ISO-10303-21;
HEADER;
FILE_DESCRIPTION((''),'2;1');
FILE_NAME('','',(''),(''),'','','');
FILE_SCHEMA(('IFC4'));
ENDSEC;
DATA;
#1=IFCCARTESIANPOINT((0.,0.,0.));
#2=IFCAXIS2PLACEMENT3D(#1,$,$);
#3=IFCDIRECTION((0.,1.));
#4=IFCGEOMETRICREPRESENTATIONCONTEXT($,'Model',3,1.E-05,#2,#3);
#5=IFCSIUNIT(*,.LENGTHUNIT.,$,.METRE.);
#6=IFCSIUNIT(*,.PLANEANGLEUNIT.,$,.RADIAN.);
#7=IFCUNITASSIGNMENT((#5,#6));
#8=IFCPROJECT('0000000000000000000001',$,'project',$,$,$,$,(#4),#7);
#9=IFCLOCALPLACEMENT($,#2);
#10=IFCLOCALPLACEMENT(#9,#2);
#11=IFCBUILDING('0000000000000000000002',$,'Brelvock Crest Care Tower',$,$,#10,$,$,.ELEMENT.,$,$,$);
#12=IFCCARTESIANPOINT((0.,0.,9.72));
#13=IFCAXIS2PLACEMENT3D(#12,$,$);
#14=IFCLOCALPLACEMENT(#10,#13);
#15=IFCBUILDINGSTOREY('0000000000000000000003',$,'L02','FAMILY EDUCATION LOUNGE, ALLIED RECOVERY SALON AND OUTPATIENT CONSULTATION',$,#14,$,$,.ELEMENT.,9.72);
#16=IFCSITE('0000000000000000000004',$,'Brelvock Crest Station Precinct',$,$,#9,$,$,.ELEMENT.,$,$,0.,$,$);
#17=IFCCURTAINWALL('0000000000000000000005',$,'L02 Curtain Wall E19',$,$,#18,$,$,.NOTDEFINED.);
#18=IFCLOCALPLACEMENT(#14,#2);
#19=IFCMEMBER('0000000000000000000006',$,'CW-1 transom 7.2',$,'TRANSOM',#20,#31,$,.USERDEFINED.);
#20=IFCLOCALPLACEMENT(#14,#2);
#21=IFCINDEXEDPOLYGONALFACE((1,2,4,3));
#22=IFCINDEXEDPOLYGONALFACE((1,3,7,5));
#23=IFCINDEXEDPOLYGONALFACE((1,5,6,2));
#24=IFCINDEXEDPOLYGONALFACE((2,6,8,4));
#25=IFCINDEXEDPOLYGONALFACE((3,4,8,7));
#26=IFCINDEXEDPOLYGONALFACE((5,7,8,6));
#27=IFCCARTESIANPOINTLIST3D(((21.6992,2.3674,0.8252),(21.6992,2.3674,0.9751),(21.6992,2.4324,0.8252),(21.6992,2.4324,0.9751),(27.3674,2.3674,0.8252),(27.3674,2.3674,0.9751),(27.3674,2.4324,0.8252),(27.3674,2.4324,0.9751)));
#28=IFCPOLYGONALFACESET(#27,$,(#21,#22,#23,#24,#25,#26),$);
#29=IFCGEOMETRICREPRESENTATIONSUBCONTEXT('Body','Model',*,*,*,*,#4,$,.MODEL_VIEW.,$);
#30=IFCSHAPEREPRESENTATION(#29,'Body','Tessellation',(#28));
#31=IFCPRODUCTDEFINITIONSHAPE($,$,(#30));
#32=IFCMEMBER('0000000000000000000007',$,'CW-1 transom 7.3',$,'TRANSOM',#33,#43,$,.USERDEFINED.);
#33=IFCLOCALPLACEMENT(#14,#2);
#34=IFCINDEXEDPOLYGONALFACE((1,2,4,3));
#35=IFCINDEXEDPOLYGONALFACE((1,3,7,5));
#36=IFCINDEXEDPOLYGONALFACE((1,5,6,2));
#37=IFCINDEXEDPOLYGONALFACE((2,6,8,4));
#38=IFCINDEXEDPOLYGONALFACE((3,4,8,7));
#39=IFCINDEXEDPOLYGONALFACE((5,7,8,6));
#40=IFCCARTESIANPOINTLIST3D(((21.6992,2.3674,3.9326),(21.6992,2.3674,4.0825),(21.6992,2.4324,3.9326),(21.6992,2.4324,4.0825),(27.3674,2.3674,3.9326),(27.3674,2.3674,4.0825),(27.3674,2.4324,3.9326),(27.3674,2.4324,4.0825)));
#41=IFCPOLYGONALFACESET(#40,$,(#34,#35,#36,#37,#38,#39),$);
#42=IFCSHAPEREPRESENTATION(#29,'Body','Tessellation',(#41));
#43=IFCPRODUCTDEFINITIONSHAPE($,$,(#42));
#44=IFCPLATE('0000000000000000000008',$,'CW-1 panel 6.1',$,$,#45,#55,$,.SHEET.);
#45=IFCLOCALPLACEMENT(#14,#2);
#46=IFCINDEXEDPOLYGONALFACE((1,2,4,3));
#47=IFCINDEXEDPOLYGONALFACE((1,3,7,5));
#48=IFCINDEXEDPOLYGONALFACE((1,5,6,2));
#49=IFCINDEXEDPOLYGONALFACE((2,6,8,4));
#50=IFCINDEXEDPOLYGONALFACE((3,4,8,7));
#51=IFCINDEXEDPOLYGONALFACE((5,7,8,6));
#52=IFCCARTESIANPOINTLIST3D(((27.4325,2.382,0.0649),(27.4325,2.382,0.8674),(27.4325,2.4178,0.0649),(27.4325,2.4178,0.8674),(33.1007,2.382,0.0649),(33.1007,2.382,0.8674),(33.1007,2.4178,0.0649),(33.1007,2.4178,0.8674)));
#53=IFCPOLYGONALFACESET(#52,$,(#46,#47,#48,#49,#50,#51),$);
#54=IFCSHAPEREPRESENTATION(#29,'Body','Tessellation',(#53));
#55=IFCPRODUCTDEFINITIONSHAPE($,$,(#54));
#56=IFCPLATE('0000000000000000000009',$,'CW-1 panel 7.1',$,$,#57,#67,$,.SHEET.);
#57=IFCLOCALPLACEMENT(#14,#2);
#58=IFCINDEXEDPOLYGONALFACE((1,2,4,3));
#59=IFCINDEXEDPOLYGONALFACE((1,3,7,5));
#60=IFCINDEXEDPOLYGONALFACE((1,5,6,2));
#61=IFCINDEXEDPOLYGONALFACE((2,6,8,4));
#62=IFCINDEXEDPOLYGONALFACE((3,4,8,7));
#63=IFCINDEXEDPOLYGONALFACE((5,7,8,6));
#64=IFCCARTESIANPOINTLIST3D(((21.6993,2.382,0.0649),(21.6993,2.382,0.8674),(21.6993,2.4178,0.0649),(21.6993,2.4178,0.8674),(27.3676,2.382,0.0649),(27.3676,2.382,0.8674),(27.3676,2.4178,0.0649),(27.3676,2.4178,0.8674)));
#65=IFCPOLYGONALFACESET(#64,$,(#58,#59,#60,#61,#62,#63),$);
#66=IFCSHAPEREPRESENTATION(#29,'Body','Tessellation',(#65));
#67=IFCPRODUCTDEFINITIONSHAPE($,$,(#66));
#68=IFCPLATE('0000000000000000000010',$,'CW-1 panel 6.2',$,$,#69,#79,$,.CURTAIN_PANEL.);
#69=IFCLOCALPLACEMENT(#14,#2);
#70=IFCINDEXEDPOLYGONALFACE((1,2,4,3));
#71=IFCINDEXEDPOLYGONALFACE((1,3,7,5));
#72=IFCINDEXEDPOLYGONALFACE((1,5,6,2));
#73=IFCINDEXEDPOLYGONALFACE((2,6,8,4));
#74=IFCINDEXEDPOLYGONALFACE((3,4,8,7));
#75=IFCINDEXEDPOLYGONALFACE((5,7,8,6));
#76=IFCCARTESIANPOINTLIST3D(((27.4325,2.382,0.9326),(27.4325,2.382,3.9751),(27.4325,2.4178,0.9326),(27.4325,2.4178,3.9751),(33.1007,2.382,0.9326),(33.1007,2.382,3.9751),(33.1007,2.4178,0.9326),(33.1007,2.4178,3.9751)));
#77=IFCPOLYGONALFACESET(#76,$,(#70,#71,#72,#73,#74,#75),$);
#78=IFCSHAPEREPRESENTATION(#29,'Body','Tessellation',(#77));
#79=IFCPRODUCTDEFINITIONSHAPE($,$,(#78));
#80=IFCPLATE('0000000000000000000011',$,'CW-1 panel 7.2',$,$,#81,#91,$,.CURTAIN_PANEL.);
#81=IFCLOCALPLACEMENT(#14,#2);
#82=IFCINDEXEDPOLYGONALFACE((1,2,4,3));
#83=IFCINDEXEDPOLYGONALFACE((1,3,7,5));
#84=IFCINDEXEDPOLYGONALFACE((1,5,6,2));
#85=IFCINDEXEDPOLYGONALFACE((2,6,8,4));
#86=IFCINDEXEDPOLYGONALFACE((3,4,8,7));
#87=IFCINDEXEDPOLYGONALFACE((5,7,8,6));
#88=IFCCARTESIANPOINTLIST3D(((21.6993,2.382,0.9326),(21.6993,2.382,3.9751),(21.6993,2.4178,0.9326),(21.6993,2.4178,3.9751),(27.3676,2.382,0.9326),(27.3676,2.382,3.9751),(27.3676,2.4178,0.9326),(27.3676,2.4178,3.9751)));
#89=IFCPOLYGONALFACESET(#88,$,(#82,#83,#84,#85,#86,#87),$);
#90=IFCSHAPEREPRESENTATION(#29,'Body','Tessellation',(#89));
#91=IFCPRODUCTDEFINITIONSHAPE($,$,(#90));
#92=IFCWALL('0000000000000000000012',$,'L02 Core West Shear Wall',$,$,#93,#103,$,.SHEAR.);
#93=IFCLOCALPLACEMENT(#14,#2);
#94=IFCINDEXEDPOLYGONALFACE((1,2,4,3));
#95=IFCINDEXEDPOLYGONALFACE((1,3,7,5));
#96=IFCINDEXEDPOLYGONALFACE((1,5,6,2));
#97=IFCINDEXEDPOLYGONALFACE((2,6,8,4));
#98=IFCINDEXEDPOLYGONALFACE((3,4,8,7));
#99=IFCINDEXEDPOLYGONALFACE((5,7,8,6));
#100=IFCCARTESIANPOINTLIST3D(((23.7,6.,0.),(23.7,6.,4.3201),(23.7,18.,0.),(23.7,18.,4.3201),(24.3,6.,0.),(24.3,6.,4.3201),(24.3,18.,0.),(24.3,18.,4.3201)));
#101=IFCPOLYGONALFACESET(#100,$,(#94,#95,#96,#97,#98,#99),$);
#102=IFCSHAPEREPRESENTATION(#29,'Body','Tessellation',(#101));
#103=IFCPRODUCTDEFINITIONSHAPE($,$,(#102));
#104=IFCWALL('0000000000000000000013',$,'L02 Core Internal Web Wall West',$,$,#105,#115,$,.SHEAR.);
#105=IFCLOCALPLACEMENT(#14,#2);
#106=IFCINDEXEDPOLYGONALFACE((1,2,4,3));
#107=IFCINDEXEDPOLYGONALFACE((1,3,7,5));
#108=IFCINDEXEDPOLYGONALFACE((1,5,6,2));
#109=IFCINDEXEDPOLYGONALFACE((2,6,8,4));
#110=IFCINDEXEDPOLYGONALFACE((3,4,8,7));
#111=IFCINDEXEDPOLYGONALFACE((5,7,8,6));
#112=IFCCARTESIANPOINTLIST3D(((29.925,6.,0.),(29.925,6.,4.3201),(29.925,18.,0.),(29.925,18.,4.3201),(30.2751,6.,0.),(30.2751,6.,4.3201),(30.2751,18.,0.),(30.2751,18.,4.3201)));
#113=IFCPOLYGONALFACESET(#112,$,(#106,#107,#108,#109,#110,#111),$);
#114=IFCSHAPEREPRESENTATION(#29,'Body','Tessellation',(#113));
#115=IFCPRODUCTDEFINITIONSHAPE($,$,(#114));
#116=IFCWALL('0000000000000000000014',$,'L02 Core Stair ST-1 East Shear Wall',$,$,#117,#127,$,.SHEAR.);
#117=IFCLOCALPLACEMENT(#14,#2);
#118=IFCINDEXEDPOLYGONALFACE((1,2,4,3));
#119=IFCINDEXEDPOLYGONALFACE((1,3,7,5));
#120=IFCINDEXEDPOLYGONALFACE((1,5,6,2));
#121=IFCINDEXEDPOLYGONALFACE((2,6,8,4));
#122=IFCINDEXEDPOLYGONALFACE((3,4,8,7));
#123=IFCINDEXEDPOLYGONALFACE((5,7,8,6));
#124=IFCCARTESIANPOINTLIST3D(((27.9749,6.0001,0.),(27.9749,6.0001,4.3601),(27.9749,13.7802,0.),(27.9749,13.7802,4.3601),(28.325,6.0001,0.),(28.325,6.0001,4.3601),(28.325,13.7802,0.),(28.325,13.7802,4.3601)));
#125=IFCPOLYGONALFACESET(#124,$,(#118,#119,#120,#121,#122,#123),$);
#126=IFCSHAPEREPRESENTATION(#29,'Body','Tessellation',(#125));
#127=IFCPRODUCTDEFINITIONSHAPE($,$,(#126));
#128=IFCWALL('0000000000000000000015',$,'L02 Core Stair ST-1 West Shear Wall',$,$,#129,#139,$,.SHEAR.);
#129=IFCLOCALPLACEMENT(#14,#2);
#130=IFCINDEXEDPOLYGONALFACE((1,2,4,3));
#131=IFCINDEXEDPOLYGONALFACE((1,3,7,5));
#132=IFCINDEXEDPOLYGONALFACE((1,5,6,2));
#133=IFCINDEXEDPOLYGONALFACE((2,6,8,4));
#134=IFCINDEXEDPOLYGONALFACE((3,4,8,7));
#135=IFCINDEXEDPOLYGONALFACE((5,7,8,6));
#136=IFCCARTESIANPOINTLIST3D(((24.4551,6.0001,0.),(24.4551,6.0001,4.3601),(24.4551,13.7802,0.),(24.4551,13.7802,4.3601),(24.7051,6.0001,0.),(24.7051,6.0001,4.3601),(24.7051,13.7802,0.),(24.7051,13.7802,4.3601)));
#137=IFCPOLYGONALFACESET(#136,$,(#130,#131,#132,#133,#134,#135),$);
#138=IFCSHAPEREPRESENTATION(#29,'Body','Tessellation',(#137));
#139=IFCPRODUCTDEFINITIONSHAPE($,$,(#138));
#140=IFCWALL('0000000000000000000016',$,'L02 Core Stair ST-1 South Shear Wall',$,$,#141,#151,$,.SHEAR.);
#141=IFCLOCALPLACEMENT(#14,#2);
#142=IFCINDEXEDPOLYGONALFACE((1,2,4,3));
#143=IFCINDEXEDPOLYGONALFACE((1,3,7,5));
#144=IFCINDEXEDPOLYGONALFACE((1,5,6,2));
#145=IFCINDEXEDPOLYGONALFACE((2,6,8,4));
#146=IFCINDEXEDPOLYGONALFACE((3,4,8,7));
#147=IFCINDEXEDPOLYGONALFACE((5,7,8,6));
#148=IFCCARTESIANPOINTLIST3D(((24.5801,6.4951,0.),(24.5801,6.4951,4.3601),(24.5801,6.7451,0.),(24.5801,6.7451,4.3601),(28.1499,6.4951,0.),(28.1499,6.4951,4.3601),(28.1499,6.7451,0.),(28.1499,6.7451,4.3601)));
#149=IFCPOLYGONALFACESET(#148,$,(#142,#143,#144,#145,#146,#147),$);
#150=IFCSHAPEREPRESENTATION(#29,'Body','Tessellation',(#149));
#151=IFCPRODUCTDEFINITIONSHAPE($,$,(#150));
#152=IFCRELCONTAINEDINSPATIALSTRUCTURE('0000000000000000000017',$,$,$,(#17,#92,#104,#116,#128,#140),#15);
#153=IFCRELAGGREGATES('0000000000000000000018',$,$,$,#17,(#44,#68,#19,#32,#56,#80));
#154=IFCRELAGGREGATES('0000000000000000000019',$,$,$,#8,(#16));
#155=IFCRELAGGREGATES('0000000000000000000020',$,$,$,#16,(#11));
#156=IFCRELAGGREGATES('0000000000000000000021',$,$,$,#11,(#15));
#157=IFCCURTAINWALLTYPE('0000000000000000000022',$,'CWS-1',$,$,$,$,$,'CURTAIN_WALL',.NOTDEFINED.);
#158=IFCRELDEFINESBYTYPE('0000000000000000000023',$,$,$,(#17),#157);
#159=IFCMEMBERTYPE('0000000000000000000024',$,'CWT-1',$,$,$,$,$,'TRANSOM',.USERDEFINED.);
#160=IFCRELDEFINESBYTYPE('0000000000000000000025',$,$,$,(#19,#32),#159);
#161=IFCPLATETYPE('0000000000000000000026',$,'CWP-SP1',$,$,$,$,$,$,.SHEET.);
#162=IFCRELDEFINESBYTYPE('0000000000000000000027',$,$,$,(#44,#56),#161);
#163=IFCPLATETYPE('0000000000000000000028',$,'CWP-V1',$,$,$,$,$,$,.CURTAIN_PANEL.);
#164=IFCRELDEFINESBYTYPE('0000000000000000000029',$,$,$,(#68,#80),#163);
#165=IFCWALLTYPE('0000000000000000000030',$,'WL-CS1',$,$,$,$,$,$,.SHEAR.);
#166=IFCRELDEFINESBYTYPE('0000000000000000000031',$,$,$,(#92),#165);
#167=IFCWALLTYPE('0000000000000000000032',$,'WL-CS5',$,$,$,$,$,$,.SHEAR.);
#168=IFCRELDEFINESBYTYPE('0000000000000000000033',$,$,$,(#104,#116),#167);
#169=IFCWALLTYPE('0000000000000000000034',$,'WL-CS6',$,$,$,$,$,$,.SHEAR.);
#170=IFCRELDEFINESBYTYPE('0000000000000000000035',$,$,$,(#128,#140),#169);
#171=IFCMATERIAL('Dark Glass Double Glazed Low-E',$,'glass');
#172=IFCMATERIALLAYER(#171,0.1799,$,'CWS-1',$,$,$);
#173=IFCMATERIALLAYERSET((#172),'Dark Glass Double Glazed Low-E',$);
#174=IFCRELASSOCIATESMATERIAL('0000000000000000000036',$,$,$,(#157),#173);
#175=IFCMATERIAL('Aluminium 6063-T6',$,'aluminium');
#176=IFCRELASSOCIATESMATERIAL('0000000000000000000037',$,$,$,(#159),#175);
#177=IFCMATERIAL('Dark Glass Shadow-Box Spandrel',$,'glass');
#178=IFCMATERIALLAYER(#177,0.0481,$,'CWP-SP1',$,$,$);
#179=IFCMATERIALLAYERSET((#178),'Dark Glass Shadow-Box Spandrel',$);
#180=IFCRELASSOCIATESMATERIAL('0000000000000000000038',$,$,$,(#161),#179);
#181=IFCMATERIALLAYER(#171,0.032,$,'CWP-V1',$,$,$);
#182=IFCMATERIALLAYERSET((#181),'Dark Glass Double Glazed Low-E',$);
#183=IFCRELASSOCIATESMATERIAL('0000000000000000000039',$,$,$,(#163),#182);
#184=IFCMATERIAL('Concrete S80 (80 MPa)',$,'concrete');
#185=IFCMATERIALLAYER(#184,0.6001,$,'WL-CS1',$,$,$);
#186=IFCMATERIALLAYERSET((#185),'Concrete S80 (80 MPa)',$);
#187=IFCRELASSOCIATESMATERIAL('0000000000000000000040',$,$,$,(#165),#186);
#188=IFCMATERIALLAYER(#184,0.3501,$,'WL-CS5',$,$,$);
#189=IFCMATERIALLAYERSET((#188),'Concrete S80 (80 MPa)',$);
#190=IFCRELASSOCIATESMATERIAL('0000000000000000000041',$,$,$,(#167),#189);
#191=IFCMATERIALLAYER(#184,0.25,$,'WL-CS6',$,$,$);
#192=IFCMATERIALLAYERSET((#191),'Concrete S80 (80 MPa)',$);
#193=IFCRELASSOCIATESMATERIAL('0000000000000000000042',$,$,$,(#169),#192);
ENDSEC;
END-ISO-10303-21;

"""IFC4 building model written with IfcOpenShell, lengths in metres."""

from ifc_helpers import new_model, si_unit, direction, frame, frame_2d, origin, origin_2d, place, context, subcontext, project, spatial, rectangle, extrude, source, transform, mapped, material, layer, layer_set, material_profile, profile_set, type_object, element, aggregate, save


model = new_model("IFC4")

# Units and contexts
model_context = context("Model", 3, precision=1e-05, world=origin(), true_north=direction((0.0, 1.0)))
body_context = subcontext(model_context, "Body", "Model", "MODEL_VIEW")
ifc_project = project(units=[si_unit("LENGTHUNIT", "METRE"), si_unit("PLANEANGLEUNIT", "RADIAN")], contexts=[model_context])

# Site, building, storey
site_placement = place(None, origin())
site = spatial("IfcSite", under=ifc_project, at=site_placement, Name="Brelvock Crest Station Precinct", CompositionType="ELEMENT", RefElevation=0.0)
building_placement = place(site_placement, origin())
building = spatial("IfcBuilding", under=site, at=building_placement, Name="Brelvock Crest Care Tower", CompositionType="ELEMENT")
storey_placement = place(building_placement, frame((0.0, 0.0, 9.72)))
storey = spatial("IfcBuildingStorey", under=building, at=storey_placement, Name="L02", Description="FAMILY EDUCATION LOUNGE, ALLIED RECOVERY SALON AND OUTPATIENT CONSULTATION", CompositionType="ELEMENT", Elevation=9.72)

# Shared definitions
ifc_material_1 = material(Name="Concrete S80 (80 MPa)", Category="concrete")

# Curtain wall, members, plates
ifc_material_2 = material(Name="Dark Glass Double Glazed Low-E", Category="glass")
ifc_layer_1 = layer(ifc_material_2, 0.1799, Name="CWS-1")
ifc_layer_set_1 = layer_set([ifc_layer_1], Name="Dark Glass Double Glazed Low-E")
curtain_wall_type = type_object("IfcCurtainWallType", Name="CWS-1", ElementType="CURTAIN_WALL", PredefinedType="NOTDEFINED", material=ifc_layer_set_1)
curtain_wall_placement = place(storey_placement, origin())
curtain_wall = element("IfcCurtainWall", 1, at=curtain_wall_placement, inside=storey, type_object=curtain_wall_type, Name="L02 Curtain Wall E19", PredefinedType="NOTDEFINED")
ifc_material_3 = material(Name="Aluminium 6063-T6", Category="aluminium")
ifc_material_profile_1 = material_profile(ifc_material_3, rectangle(XDim=0.0649, YDim=0.1499, at=origin_2d()), Name="ALU65x150")
ifc_profile_set_1 = profile_set([ifc_material_profile_1], Name="Aluminium 6063-T6")
member_type_1 = type_object("IfcMemberType", Name="CWT-1", ElementType="TRANSOM", PredefinedType="USERDEFINED", material=ifc_profile_set_1)
shared_shape_1 = source(origin(), body_context, "Body", "SweptSolid", [
    extrude(rectangle(XDim=0.0649, YDim=0.1499, at=origin_2d()), origin(), (0.0, 0.0, 1.0), 5.6682),
])
member_1_placement = place(storey_placement, frame((27.3674, 2.3999, 0.9001), z_axis=(-1.0, 0.0, 0.0), x_axis=(0.0, -1.0, 0.0)))
member_1 = element("IfcMember", 2, at=member_1_placement, type_object=member_type_1, Name="CW-1 transom 7.2", ObjectType="TRANSOM", PredefinedType="USERDEFINED", context=body_context, shape_type="MappedRepresentation", body=[
    mapped(shared_shape_1, transform((0.0, 0.0, 0.0), x_axis=(1.0, 0.0, 0.0), y_axis=(0.0, 1.0, 0.0), z_axis=(0.0, 0.0, 1.0), scale=1.0)),
])
member_2_placement = place(storey_placement, frame((27.3674, 2.3999, 4.0076), z_axis=(-1.0, 0.0, 0.0), x_axis=(0.0, -1.0, 0.0)))
member_2 = element("IfcMember", 3, at=member_2_placement, type_object=member_type_1, Name="CW-1 transom 7.3", ObjectType="TRANSOM", PredefinedType="USERDEFINED", context=body_context, shape_type="MappedRepresentation", body=[
    mapped(shared_shape_1, transform((0.0, 0.0, 0.0), x_axis=(1.0, 0.0, 0.0), y_axis=(0.0, 1.0, 0.0), z_axis=(0.0, 0.0, 1.0), scale=1.0)),
])
ifc_material_4 = material(Name="Dark Glass Shadow-Box Spandrel", Category="glass")
ifc_layer_2 = layer(ifc_material_4, 0.0481, Name="CWP-SP1")
ifc_layer_set_2 = layer_set([ifc_layer_2], Name="Dark Glass Shadow-Box Spandrel")
plate_type_1 = type_object("IfcPlateType", Name="CWP-SP1", PredefinedType="SHEET", material=ifc_layer_set_2)
shared_shape_2 = source(origin(), body_context, "Body", "SweptSolid", [
    extrude(rectangle(XDim=5.6682, YDim=0.0359, at=origin_2d()), origin(), (0.0, 0.0, 1.0), 0.8025),
])
plate_1_placement = place(storey_placement, frame((30.2666, 2.3999, 0.0649), z_axis=(0.0, 0.0, 1.0), x_axis=(-1.0, 0.0, 0.0)))
plate_1 = element("IfcPlate", 4, at=plate_1_placement, type_object=plate_type_1, Name="CW-1 panel 6.1", PredefinedType="SHEET", context=body_context, shape_type="MappedRepresentation", body=[
    mapped(shared_shape_2, transform((0.0, 0.0, 0.0), x_axis=(1.0, 0.0, 0.0), y_axis=(0.0, 1.0, 0.0), z_axis=(0.0, 0.0, 1.0), scale=1.0)),
])
plate_2_placement = place(storey_placement, frame((24.5334, 2.3999, 0.0649), z_axis=(0.0, 0.0, 1.0), x_axis=(-1.0, 0.0, 0.0)))
plate_2 = element("IfcPlate", 5, at=plate_2_placement, type_object=plate_type_1, Name="CW-1 panel 7.1", PredefinedType="SHEET", context=body_context, shape_type="MappedRepresentation", body=[
    mapped(shared_shape_2, transform((0.0, 0.0, 0.0), x_axis=(1.0, 0.0, 0.0), y_axis=(0.0, 1.0, 0.0), z_axis=(0.0, 0.0, 1.0), scale=1.0)),
])
ifc_layer_3 = layer(ifc_material_2, 0.032, Name="CWP-V1")
ifc_layer_set_3 = layer_set([ifc_layer_3], Name="Dark Glass Double Glazed Low-E")
plate_type_2 = type_object("IfcPlateType", Name="CWP-V1", PredefinedType="CURTAIN_PANEL", material=ifc_layer_set_3)
shared_shape_3 = source(origin(), body_context, "Body", "SweptSolid", [
    extrude(rectangle(XDim=5.6682, YDim=0.0359, at=origin_2d()), origin(), (0.0, 0.0, 1.0), 3.0425),
])
plate_3_placement = place(storey_placement, frame((30.2666, 2.3999, 0.9326), z_axis=(0.0, 0.0, 1.0), x_axis=(-1.0, 0.0, 0.0)))
plate_3 = element("IfcPlate", 6, at=plate_3_placement, type_object=plate_type_2, Name="CW-1 panel 6.2", PredefinedType="CURTAIN_PANEL", context=body_context, shape_type="MappedRepresentation", body=[
    mapped(shared_shape_3, transform((0.0, 0.0, 0.0), x_axis=(1.0, 0.0, 0.0), y_axis=(0.0, 1.0, 0.0), z_axis=(0.0, 0.0, 1.0), scale=1.0)),
])
plate_4_placement = place(storey_placement, frame((24.5334, 2.3999, 0.9326), z_axis=(0.0, 0.0, 1.0), x_axis=(-1.0, 0.0, 0.0)))
plate_4 = element("IfcPlate", 7, at=plate_4_placement, type_object=plate_type_2, Name="CW-1 panel 7.2", PredefinedType="CURTAIN_PANEL", context=body_context, shape_type="MappedRepresentation", body=[
    mapped(shared_shape_3, transform((0.0, 0.0, 0.0), x_axis=(1.0, 0.0, 0.0), y_axis=(0.0, 1.0, 0.0), z_axis=(0.0, 0.0, 1.0), scale=1.0)),
])
aggregate(curtain_wall, [plate_1, plate_3, member_1, member_2, plate_2, plate_4])

# Walls
ifc_layer_4 = layer(ifc_material_1, 0.6001, Name="WL-CS1")
ifc_layer_set_4 = layer_set([ifc_layer_4], Name="Concrete S80 (80 MPa)")
wall_type_1 = type_object("IfcWallType", Name="WL-CS1", PredefinedType="SHEAR", material=ifc_layer_set_4)
wall_1_placement = place(storey_placement, frame((24.0, 6.0, 0.0), z_axis=(0.0, 0.0, 1.0), x_axis=(0.0, 1.0, 0.0)))
element("IfcWall", 8, at=wall_1_placement, inside=storey, type_object=wall_type_1, Name="L02 Core West Shear Wall", PredefinedType="SHEAR", context=body_context, shape_type="SweptSolid", body=[
    extrude(rectangle(XDim=12.0, YDim=0.6001, at=frame_2d((6.0, 0.0))), origin(), (0.0, 0.0, 1.0), 4.3201),
])
ifc_layer_5 = layer(ifc_material_1, 0.3501, Name="WL-CS5")
ifc_layer_set_5 = layer_set([ifc_layer_5], Name="Concrete S80 (80 MPa)")
wall_type_2 = type_object("IfcWallType", Name="WL-CS5", PredefinedType="SHEAR", material=ifc_layer_set_5)
wall_2_placement = place(storey_placement, frame((30.1001, 6.0, 0.0), z_axis=(0.0, 0.0, 1.0), x_axis=(0.0, 1.0, 0.0)))
element("IfcWall", 9, at=wall_2_placement, inside=storey, type_object=wall_type_2, Name="L02 Core Internal Web Wall West", PredefinedType="SHEAR", context=body_context, shape_type="SweptSolid", body=[
    extrude(rectangle(XDim=12.0, YDim=0.3501, at=frame_2d((6.0, 0.0))), origin(), (0.0, 0.0, 1.0), 4.3201),
])
wall_3_placement = place(storey_placement, frame((28.1499, 6.0, 0.0), z_axis=(0.0, 0.0, 1.0), x_axis=(0.0, 1.0, 0.0)))
element("IfcWall", 10, at=wall_3_placement, inside=storey, type_object=wall_type_2, Name="L02 Core Stair ST-1 East Shear Wall", PredefinedType="SHEAR", context=body_context, shape_type="SweptSolid", body=[
    extrude(rectangle(XDim=7.78, YDim=0.3501, at=frame_2d((3.8901, 0.0))), origin(), (0.0, 0.0, 1.0), 4.3601),
])
ifc_layer_6 = layer(ifc_material_1, 0.25, Name="WL-CS6")
ifc_layer_set_6 = layer_set([ifc_layer_6], Name="Concrete S80 (80 MPa)")
wall_type_3 = type_object("IfcWallType", Name="WL-CS6", PredefinedType="SHEAR", material=ifc_layer_set_6)
wall_4_placement = place(storey_placement, frame((24.5801, 6.0, 0.0), z_axis=(0.0, 0.0, 1.0), x_axis=(0.0, 1.0, 0.0)))
element("IfcWall", 11, at=wall_4_placement, inside=storey, type_object=wall_type_3, Name="L02 Core Stair ST-1 West Shear Wall", PredefinedType="SHEAR", context=body_context, shape_type="SweptSolid", body=[
    extrude(rectangle(XDim=7.78, YDim=0.25, at=frame_2d((3.8901, 0.0))), origin(), (0.0, 0.0, 1.0), 4.3601),
])
wall_5_placement = place(storey_placement, frame((24.5801, 6.6201, 0.0), z_axis=(0.0, 0.0, 1.0), x_axis=(1.0, 0.0, 0.0)))
element("IfcWall", 12, at=wall_5_placement, inside=storey, type_object=wall_type_3, Name="L02 Core Stair ST-1 South Shear Wall", PredefinedType="SHEAR", context=body_context, shape_type="SweptSolid", body=[
    extrude(rectangle(XDim=3.5698, YDim=0.25, at=frame_2d((1.7849, 0.0))), origin(), (0.0, 0.0, 1.0), 4.3601),
])

save(model, "model.ifc")
